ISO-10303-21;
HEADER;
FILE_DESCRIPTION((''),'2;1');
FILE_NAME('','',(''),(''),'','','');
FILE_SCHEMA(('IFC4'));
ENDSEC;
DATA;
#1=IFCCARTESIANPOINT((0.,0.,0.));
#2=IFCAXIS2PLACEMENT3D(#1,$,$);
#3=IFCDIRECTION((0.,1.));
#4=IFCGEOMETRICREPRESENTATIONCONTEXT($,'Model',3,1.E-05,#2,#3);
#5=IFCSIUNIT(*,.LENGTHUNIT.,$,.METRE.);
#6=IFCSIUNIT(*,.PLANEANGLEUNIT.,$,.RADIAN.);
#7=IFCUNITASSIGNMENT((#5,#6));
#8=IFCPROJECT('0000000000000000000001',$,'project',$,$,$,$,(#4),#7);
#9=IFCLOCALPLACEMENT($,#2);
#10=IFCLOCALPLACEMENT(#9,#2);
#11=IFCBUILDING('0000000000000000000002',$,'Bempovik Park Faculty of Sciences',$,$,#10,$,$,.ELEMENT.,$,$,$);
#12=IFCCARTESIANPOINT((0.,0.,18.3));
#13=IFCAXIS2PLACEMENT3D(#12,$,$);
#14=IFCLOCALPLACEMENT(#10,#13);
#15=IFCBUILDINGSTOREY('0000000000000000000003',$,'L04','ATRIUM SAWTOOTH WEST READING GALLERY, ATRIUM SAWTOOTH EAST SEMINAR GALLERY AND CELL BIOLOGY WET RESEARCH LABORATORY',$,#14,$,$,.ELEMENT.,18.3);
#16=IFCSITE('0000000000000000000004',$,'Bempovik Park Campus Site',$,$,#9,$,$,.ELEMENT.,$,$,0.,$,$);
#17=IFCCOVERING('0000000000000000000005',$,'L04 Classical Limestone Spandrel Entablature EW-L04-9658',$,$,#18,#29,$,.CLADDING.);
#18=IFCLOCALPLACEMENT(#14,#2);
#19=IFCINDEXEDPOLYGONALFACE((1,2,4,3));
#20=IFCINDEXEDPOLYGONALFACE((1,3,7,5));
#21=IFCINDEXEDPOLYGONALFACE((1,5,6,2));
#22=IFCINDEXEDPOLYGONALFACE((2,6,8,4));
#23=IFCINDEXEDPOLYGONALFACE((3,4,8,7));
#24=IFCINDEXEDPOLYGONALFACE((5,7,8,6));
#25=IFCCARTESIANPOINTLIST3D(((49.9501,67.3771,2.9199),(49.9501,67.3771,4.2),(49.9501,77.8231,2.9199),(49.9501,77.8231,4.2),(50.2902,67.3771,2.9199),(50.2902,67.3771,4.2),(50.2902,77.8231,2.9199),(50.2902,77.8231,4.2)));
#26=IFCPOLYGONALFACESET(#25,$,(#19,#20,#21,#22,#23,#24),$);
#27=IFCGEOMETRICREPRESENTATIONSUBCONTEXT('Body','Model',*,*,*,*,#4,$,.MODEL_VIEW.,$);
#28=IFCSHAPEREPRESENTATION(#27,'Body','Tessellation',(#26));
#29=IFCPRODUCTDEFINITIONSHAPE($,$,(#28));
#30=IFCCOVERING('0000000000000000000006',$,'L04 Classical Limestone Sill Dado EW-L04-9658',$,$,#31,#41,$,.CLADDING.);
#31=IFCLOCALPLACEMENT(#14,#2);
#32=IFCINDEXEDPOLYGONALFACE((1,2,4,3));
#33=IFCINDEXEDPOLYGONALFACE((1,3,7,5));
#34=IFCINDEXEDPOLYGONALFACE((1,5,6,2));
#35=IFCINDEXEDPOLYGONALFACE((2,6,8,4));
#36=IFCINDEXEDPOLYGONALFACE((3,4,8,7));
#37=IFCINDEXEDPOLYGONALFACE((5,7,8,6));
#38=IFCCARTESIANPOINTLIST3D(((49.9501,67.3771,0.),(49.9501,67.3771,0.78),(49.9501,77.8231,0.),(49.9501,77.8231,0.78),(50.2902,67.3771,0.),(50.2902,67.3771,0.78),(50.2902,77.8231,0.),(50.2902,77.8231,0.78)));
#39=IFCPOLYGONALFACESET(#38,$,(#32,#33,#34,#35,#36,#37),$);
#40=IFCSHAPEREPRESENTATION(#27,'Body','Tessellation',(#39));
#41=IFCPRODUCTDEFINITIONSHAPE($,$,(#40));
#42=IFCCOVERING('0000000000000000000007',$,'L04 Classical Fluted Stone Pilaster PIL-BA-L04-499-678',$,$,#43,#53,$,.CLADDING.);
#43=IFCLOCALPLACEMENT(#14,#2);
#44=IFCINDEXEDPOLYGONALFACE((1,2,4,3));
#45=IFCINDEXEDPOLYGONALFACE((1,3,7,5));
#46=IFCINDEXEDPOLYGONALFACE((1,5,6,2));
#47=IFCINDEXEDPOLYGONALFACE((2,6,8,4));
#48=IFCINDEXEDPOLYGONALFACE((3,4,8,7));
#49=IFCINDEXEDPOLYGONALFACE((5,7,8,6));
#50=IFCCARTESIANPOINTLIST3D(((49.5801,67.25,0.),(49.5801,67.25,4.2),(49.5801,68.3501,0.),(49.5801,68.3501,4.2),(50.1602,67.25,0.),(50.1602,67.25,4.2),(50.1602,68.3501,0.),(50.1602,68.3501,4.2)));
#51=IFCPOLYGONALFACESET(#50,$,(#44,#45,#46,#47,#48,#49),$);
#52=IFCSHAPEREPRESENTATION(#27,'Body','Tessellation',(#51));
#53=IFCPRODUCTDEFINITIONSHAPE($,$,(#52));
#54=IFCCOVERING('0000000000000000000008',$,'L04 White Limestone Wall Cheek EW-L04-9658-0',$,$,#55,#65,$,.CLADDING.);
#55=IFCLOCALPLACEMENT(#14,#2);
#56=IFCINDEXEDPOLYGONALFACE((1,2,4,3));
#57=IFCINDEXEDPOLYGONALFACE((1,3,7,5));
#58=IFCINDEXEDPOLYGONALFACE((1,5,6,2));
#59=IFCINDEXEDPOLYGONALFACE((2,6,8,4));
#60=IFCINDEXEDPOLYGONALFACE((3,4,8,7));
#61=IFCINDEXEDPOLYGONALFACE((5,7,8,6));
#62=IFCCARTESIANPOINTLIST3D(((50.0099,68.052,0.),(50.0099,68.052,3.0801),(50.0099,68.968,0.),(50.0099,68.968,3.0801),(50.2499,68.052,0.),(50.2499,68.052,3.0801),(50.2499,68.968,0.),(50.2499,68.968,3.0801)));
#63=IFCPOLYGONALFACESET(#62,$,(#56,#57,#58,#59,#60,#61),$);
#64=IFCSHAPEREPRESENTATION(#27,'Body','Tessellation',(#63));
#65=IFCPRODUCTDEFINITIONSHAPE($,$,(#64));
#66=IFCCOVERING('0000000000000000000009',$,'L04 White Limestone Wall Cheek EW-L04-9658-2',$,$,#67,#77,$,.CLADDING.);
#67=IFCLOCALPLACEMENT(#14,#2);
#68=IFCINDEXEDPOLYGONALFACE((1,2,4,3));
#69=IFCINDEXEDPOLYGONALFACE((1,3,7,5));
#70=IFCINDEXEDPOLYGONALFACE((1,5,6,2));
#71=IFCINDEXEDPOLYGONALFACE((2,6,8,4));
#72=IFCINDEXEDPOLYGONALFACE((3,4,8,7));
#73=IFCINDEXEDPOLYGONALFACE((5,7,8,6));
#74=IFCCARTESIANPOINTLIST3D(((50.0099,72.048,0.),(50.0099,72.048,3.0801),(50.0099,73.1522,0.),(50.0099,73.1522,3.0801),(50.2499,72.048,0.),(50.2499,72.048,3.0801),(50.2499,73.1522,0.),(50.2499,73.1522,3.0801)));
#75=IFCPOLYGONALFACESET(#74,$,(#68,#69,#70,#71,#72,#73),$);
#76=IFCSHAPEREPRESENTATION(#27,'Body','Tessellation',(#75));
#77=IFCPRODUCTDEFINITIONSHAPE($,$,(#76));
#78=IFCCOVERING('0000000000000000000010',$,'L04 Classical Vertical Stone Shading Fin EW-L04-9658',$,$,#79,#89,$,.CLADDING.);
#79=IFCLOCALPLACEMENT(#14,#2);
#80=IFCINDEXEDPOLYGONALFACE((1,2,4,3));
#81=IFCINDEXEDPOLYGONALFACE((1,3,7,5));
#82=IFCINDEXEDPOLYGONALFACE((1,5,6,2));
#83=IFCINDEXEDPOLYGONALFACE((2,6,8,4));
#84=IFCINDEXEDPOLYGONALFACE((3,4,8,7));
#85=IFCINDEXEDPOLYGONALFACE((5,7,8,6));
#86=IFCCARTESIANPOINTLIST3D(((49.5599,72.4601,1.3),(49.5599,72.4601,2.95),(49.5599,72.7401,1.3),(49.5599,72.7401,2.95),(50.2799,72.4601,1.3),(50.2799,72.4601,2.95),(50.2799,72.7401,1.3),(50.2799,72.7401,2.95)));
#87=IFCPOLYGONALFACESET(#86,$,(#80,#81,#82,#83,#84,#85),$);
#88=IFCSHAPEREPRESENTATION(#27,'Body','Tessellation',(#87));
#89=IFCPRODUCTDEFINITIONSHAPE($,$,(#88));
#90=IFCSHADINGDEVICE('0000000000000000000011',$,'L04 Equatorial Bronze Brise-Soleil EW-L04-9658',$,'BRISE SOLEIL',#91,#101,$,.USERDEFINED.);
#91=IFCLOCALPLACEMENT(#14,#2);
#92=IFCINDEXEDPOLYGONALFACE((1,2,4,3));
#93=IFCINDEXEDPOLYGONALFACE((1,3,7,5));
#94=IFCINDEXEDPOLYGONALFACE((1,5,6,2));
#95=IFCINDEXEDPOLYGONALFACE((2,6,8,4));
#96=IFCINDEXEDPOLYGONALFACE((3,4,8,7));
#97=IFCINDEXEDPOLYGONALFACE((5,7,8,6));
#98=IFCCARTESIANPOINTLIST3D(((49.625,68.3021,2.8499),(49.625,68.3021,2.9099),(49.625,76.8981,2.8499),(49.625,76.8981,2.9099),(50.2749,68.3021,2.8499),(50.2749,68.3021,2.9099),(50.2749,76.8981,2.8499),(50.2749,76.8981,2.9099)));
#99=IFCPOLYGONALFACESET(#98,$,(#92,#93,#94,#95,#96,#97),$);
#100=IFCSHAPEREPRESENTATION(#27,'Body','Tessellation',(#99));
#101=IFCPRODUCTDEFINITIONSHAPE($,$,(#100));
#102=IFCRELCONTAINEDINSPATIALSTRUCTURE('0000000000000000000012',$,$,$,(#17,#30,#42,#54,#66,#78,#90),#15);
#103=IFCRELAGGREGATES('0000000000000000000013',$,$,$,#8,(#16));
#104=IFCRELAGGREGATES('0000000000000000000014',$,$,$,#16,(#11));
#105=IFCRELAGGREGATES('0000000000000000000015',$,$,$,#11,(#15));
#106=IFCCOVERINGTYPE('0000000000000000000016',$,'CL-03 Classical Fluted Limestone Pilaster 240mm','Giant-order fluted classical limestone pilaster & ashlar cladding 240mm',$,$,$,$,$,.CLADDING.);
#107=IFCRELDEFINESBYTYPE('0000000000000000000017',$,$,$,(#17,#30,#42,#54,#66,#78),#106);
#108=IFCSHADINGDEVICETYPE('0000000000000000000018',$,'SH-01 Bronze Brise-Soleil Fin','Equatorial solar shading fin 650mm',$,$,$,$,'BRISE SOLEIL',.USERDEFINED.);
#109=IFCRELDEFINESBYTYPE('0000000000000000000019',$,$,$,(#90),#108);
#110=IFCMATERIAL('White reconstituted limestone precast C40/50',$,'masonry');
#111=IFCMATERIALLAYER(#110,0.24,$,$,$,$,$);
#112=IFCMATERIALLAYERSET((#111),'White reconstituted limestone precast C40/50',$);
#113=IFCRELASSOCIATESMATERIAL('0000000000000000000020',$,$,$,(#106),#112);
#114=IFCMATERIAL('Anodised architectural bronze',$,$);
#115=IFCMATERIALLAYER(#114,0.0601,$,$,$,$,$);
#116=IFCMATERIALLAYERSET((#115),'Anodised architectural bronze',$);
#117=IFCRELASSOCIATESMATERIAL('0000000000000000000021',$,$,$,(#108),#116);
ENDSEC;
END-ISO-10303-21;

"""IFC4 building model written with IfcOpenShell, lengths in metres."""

from ifc_helpers import new_model, si_unit, direction, frame, origin, origin_2d, place, context, subcontext, project, spatial, rectangle, extrude, material, layer, layer_set, type_object, element, save


model = new_model("IFC4")

# Units and contexts
model_context = context("Model", 3, precision=1e-05, world=origin(), true_north=direction((0.0, 1.0)))
body_context = subcontext(model_context, "Body", "Model", "MODEL_VIEW")
ifc_project = project(units=[si_unit("LENGTHUNIT", "METRE"), si_unit("PLANEANGLEUNIT", "RADIAN")], contexts=[model_context])

# Site, building, storey
site_placement = place(None, origin())
site = spatial("IfcSite", under=ifc_project, at=site_placement, Name="Bempovik Park Campus Site", CompositionType="ELEMENT", RefElevation=0.0)
building_placement = place(site_placement, origin())
building = spatial("IfcBuilding", under=site, at=building_placement, Name="Bempovik Park Faculty of Sciences", CompositionType="ELEMENT")
storey_placement = place(building_placement, frame((0.0, 0.0, 18.3)))
storey = spatial("IfcBuildingStorey", under=building, at=storey_placement, Name="L04", Description="ATRIUM SAWTOOTH WEST READING GALLERY, ATRIUM SAWTOOTH EAST SEMINAR GALLERY AND CELL BIOLOGY WET RESEARCH LABORATORY", CompositionType="ELEMENT", Elevation=18.3)

# Shared definitions
ifc_material_1 = material(Name="Anodised architectural bronze")

# Coverings
ifc_material_2 = material(Name="White reconstituted limestone precast C40/50", Category="masonry")
ifc_layer_1 = layer(ifc_material_2, 0.24)
ifc_layer_set_1 = layer_set([ifc_layer_1], Name="White reconstituted limestone precast C40/50")
covering_type_1 = type_object("IfcCoveringType", Name="CL-03 Classical Fluted Limestone Pilaster 240mm", Description="Giant-order fluted classical limestone pilaster & ashlar cladding 240mm", PredefinedType="CLADDING", material=ifc_layer_set_1)
covering_1_placement = place(storey_placement, frame((50.1201, 72.6001, 2.9199), z_axis=(0.0, 0.0, 1.0), x_axis=(1.0, 0.0, 0.0)))
element("IfcCovering", 1, at=covering_1_placement, inside=storey, type_object=covering_type_1, Name="L04 Classical Limestone Spandrel Entablature EW-L04-9658", PredefinedType="CLADDING", context=body_context, shape_type="SweptSolid", body=[
    extrude(rectangle(XDim=0.3401, YDim=10.446, at=origin_2d()), origin(), (0.0, 0.0, 1.0), 1.28),
])
covering_2_placement = place(storey_placement, frame((50.1201, 72.6001, 0.0), z_axis=(0.0, 0.0, 1.0), x_axis=(1.0, 0.0, 0.0)))
element("IfcCovering", 2, at=covering_2_placement, inside=storey, type_object=covering_type_1, Name="L04 Classical Limestone Sill Dado EW-L04-9658", PredefinedType="CLADDING", context=body_context, shape_type="SweptSolid", body=[
    extrude(rectangle(XDim=0.3401, YDim=10.446, at=origin_2d()), origin(), (0.0, 0.0, 1.0), 0.78),
])
covering_3_placement = place(storey_placement, frame((49.8701, 67.8, 0.0), z_axis=(0.0, 0.0, 1.0), x_axis=(1.0, 0.0, 0.0)))
element("IfcCovering", 3, at=covering_3_placement, inside=storey, type_object=covering_type_1, Name="L04 Classical Fluted Stone Pilaster PIL-BA-L04-499-678", PredefinedType="CLADDING", context=body_context, shape_type="SweptSolid", body=[
    extrude(rectangle(XDim=0.5801, YDim=1.1001, at=origin_2d()), origin(), (0.0, 0.0, 1.0), 4.2),
])
covering_4_placement = place(storey_placement, frame((50.1299, 68.51, 0.0), z_axis=(0.0, 0.0, 1.0), x_axis=(1.0, 0.0, 0.0)))
element("IfcCovering", 4, at=covering_4_placement, inside=storey, type_object=covering_type_1, Name="L04 White Limestone Wall Cheek EW-L04-9658-0", PredefinedType="CLADDING", context=body_context, shape_type="SweptSolid", body=[
    extrude(rectangle(XDim=0.24, YDim=0.916, at=origin_2d()), origin(), (0.0, 0.0, 1.0), 3.0801),
])
covering_5_placement = place(storey_placement, frame((50.1299, 72.6001, 0.0), z_axis=(0.0, 0.0, 1.0), x_axis=(1.0, 0.0, 0.0)))
element("IfcCovering", 5, at=covering_5_placement, inside=storey, type_object=covering_type_1, Name="L04 White Limestone Wall Cheek EW-L04-9658-2", PredefinedType="CLADDING", context=body_context, shape_type="SweptSolid", body=[
    extrude(rectangle(XDim=0.24, YDim=1.1042, at=origin_2d()), origin(), (0.0, 0.0, 1.0), 3.0801),
])
covering_6_placement = place(storey_placement, frame((49.9199, 72.6001, 1.3), z_axis=(0.0, 0.0, 1.0), x_axis=(1.0, 0.0, 0.0)))
element("IfcCovering", 6, at=covering_6_placement, inside=storey, type_object=covering_type_1, Name="L04 Classical Vertical Stone Shading Fin EW-L04-9658", PredefinedType="CLADDING", context=body_context, shape_type="SweptSolid", body=[
    extrude(rectangle(XDim=0.72, YDim=0.28, at=origin_2d()), origin(), (0.0, 0.0, 1.0), 1.6499),
])

# Shading device
ifc_layer_2 = layer(ifc_material_1, 0.0601)
ifc_layer_set_2 = layer_set([ifc_layer_2], Name="Anodised architectural bronze")
shading_device_type = type_object("IfcShadingDeviceType", Name="SH-01 Bronze Brise-Soleil Fin", Description="Equatorial solar shading fin 650mm", ElementType="BRISE SOLEIL", PredefinedType="USERDEFINED", material=ifc_layer_set_2)
shading_device_placement = place(storey_placement, frame((49.95, 72.6001, 2.8499), z_axis=(0.0, 0.0, 1.0), x_axis=(1.0, 0.0, 0.0)))
element("IfcShadingDevice", 7, at=shading_device_placement, inside=storey, type_object=shading_device_type, Name="L04 Equatorial Bronze Brise-Soleil EW-L04-9658", ObjectType="BRISE SOLEIL", PredefinedType="USERDEFINED", context=body_context, shape_type="SweptSolid", body=[
    extrude(rectangle(XDim=0.6499, YDim=8.5959, at=origin_2d()), origin(), (0.0, 0.0, 1.0), 0.0601),
])

save(model, "model.ifc")
